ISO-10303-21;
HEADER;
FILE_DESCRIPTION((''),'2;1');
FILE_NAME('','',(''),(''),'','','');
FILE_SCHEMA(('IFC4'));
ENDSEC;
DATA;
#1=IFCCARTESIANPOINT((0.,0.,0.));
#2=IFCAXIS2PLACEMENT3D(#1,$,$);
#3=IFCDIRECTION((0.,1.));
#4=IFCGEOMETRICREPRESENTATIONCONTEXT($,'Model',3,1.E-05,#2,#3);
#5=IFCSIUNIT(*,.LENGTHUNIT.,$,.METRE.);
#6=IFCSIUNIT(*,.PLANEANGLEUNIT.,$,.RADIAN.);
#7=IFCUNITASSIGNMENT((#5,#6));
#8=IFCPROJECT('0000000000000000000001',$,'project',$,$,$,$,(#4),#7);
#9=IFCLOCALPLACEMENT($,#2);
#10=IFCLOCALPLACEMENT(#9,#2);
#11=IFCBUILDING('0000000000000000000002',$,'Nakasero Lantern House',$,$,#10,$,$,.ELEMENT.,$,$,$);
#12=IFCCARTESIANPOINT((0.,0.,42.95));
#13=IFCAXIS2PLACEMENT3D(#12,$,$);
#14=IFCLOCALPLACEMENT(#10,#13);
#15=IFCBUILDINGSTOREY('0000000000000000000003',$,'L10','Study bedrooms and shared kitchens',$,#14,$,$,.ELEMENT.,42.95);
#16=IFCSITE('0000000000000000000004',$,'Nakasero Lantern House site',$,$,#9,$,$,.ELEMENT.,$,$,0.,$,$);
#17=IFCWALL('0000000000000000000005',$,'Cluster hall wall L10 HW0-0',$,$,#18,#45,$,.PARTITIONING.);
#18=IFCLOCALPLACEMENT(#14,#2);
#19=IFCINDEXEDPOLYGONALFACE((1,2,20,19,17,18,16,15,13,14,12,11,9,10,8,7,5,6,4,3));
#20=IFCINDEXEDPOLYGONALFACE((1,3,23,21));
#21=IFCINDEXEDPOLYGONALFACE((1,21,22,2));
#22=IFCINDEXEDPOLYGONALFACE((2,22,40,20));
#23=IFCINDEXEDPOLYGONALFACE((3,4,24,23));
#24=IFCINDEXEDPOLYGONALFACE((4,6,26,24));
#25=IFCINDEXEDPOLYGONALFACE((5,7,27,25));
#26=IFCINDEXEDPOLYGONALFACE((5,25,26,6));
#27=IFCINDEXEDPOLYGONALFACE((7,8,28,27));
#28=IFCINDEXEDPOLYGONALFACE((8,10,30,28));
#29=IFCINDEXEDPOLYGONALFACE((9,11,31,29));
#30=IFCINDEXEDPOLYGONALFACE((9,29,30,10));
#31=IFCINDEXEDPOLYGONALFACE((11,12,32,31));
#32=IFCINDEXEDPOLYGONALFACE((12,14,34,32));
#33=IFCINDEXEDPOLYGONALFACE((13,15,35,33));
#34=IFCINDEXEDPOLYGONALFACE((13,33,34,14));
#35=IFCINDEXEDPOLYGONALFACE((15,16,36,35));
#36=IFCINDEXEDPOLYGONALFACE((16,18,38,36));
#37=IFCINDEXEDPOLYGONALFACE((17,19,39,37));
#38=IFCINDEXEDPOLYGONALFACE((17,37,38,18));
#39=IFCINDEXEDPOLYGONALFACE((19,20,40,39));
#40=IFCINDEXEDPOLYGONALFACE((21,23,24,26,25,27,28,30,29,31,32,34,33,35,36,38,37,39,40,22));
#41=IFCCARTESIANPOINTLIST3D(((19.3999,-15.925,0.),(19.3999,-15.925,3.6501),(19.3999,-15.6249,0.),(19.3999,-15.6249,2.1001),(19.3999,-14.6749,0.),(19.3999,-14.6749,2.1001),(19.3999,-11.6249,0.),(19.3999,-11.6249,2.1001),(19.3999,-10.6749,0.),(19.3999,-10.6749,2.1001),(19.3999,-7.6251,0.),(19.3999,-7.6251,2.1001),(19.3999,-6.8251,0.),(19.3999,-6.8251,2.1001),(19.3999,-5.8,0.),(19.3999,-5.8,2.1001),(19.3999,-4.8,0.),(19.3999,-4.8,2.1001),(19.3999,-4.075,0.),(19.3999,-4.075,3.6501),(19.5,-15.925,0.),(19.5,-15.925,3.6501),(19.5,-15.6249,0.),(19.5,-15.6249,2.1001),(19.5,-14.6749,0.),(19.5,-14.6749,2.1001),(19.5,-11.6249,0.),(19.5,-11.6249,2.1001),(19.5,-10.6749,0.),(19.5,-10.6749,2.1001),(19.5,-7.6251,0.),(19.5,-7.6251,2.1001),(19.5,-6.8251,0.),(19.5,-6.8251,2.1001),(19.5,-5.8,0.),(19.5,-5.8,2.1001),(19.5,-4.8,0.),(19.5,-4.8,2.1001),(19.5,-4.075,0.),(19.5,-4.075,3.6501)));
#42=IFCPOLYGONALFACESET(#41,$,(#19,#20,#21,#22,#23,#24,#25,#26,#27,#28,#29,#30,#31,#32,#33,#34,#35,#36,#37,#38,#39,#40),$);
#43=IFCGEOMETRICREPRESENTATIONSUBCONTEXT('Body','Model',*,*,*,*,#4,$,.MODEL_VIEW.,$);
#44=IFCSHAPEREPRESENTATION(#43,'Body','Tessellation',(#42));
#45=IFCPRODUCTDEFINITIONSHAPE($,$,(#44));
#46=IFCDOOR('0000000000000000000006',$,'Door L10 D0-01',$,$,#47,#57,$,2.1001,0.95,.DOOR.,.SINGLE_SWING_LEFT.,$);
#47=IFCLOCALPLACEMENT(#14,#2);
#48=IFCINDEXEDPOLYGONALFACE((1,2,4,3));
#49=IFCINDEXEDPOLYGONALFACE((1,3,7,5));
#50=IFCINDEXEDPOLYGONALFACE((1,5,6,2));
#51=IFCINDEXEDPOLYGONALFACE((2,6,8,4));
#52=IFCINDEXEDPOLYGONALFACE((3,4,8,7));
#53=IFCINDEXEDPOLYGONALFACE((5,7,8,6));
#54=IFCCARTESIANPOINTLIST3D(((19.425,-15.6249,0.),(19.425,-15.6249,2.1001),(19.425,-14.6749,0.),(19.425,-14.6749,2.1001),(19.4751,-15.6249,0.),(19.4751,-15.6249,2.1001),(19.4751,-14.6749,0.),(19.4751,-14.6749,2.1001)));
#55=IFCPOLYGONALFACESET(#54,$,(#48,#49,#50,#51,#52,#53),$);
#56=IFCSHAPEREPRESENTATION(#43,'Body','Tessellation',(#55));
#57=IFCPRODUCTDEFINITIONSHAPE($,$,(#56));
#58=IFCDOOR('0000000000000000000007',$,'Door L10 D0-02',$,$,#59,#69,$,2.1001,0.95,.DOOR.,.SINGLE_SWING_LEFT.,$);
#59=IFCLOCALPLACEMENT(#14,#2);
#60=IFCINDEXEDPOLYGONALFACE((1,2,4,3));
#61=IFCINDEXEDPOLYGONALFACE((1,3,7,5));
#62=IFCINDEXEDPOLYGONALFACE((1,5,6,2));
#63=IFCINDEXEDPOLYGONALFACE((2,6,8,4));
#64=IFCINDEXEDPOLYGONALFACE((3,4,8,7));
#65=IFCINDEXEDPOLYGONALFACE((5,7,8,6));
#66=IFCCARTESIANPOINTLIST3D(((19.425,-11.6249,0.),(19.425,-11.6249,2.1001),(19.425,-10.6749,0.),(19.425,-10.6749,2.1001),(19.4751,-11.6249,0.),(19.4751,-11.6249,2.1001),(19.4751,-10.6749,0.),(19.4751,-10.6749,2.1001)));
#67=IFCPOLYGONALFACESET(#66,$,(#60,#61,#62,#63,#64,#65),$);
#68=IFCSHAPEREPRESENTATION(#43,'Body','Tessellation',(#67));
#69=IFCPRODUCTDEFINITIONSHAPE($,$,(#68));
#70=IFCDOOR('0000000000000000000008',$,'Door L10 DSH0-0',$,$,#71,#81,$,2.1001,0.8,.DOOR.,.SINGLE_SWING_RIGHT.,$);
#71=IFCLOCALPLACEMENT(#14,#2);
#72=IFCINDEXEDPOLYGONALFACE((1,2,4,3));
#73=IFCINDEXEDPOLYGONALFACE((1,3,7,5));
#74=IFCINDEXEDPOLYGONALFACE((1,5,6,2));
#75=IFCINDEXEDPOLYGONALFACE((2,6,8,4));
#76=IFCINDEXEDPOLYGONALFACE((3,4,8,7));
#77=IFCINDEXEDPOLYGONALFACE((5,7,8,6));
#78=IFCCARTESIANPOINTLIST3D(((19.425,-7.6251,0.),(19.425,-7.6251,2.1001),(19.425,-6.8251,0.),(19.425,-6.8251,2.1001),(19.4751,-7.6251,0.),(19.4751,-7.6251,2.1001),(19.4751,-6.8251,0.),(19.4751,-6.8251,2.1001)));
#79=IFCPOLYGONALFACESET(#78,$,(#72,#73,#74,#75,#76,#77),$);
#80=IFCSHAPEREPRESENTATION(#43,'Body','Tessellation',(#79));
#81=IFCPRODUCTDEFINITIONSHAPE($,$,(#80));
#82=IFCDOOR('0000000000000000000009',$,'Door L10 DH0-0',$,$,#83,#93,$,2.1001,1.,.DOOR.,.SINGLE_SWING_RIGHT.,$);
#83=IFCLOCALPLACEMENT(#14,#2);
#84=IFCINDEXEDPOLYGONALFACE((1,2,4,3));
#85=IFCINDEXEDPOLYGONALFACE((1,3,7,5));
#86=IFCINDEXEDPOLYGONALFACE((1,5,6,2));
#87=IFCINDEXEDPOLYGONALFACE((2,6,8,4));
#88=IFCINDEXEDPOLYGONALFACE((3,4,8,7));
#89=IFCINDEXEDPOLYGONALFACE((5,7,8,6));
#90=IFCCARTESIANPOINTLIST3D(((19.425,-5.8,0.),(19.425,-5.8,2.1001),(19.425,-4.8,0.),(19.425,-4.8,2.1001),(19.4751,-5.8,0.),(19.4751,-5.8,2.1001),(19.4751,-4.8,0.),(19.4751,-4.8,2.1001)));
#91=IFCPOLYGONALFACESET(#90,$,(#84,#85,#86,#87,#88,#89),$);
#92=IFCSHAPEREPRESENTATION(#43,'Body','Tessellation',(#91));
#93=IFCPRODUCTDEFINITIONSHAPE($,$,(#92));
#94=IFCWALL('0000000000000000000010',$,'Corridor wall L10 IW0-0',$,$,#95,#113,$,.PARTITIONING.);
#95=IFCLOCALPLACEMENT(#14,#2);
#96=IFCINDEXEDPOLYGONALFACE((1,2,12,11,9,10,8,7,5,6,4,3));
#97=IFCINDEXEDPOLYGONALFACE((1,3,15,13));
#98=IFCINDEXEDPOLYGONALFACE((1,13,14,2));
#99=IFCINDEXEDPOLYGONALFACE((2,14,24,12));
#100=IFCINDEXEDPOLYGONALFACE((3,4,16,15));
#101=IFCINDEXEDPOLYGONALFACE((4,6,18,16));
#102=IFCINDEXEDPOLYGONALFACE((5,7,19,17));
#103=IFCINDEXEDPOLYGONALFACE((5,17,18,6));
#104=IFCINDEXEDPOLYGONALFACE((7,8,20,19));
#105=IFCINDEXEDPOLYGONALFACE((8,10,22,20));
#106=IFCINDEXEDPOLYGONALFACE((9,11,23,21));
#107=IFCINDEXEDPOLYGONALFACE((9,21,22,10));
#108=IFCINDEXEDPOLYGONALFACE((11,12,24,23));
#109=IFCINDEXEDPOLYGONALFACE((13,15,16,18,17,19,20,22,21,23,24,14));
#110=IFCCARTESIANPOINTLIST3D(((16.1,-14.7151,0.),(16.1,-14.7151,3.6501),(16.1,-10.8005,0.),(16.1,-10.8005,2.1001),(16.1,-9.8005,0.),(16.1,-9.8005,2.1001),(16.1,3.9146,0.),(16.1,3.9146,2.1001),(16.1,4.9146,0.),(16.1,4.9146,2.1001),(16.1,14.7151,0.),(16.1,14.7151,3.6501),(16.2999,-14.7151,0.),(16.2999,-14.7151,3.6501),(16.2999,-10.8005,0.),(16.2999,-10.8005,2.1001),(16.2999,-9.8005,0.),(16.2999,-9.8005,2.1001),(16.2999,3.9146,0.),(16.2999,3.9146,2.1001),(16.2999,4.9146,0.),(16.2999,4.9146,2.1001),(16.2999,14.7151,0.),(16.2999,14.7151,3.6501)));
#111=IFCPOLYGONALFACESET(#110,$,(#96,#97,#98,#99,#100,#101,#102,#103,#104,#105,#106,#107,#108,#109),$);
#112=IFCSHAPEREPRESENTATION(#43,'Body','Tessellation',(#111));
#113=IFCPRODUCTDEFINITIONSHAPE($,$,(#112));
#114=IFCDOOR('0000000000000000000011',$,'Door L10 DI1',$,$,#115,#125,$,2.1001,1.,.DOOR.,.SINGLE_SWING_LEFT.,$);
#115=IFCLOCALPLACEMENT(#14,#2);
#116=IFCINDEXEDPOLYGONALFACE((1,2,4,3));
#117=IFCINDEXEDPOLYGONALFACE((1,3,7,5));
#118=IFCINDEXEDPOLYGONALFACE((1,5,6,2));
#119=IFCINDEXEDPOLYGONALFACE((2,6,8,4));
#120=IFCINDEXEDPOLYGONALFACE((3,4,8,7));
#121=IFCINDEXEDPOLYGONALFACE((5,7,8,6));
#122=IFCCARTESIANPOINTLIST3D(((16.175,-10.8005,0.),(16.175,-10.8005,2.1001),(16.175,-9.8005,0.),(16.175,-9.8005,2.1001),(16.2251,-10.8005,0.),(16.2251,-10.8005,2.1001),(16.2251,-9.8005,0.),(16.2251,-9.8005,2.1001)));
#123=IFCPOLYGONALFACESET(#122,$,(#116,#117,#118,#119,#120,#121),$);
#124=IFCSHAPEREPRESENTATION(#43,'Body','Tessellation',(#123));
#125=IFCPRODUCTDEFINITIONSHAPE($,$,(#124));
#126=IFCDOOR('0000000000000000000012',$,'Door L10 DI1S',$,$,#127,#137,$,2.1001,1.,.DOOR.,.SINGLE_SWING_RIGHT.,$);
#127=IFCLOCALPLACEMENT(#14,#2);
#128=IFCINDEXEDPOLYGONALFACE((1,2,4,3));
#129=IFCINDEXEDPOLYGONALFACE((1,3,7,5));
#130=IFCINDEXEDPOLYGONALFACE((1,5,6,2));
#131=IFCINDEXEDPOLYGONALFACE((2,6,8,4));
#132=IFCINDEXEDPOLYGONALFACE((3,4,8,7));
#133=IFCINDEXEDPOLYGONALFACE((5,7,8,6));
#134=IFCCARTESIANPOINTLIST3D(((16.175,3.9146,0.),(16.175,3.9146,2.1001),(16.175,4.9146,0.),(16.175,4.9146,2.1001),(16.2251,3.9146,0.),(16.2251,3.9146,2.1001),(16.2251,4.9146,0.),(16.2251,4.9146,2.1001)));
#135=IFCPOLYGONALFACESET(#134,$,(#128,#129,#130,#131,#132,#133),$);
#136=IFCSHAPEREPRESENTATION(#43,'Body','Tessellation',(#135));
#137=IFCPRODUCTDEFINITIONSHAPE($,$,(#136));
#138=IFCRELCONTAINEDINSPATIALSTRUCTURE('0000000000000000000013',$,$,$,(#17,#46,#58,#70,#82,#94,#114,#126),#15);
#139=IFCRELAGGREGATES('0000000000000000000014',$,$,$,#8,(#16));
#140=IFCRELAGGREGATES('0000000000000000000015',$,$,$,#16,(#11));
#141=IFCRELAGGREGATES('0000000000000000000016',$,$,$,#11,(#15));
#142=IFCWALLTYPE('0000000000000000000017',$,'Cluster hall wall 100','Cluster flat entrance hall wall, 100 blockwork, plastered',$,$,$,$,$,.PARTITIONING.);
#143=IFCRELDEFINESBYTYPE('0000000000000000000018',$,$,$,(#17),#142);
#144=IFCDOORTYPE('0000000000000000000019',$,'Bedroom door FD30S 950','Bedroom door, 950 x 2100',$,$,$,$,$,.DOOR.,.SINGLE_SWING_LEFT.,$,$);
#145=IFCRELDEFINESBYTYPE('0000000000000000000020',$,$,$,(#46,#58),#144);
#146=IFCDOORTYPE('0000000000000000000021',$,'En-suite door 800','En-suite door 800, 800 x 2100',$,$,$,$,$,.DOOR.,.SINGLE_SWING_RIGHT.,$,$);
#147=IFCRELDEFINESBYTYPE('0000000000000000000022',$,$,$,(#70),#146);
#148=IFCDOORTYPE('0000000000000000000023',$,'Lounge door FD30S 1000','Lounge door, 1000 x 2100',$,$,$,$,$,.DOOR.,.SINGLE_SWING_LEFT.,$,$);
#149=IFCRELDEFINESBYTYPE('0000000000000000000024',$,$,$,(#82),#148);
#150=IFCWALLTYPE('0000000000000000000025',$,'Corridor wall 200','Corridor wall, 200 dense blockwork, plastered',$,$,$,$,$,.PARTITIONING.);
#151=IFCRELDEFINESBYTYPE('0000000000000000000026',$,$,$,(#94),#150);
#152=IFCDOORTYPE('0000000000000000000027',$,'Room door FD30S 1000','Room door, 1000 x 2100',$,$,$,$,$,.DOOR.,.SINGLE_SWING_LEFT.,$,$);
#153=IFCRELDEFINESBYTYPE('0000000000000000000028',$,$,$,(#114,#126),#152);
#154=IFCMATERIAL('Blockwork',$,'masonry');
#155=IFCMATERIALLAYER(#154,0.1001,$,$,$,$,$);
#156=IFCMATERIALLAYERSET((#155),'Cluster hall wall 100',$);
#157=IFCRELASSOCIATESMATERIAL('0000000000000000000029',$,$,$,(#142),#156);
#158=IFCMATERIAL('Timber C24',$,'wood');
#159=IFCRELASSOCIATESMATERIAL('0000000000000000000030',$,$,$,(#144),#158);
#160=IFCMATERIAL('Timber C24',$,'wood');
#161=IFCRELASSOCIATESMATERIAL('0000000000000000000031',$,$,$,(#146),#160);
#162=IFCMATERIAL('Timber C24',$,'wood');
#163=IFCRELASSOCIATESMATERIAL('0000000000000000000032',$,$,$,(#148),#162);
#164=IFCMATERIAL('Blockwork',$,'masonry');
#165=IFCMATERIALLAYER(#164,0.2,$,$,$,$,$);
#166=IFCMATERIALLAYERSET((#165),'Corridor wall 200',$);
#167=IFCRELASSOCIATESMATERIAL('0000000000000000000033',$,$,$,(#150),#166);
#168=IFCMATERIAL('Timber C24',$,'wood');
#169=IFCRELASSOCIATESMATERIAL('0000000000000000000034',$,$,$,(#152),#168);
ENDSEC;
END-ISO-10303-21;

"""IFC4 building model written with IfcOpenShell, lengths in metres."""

from ifc_helpers import new_model, si_unit, direction, frame, frame_2d, origin, place, context, subcontext, project, spatial, rectangle, extrude, material, layer, layer_set, type_object, element, fill, save


model = new_model("IFC4")

# Units and contexts
model_context = context("Model", 3, precision=1e-05, world=origin(), true_north=direction((0.0, 1.0)))
body_context = subcontext(model_context, "Body", "Model", "MODEL_VIEW")
ifc_project = project(units=[si_unit("LENGTHUNIT", "METRE"), si_unit("PLANEANGLEUNIT", "RADIAN")], contexts=[model_context])

# Site, building, storey
site_placement = place(None, origin())
site = spatial("IfcSite", under=ifc_project, at=site_placement, Name="Nakasero Lantern House site", CompositionType="ELEMENT", RefElevation=0.0)
building_placement = place(site_placement, origin())
building = spatial("IfcBuilding", under=site, at=building_placement, Name="Nakasero Lantern House", CompositionType="ELEMENT")
storey_placement = place(building_placement, frame((0.0, 0.0, 42.95)))
storey = spatial("IfcBuildingStorey", under=building, at=storey_placement, Name="L10", Description="Study bedrooms and shared kitchens", CompositionType="ELEMENT", Elevation=42.95)

# Walls, openings, doors
ifc_material_1 = material(Name="Blockwork", Category="masonry")
ifc_layer_1 = layer(ifc_material_1, 0.1001)
ifc_layer_set_1 = layer_set([ifc_layer_1], Name="Cluster hall wall 100")
wall_type_1 = type_object("IfcWallType", Name="Cluster hall wall 100", Description="Cluster flat entrance hall wall, 100 blockwork, plastered", PredefinedType="PARTITIONING", material=ifc_layer_set_1)
wall_1_placement = place(storey_placement, frame((19.45, -15.925, 0.0), z_axis=(0.0, 0.0, 1.0), x_axis=(0.0, 1.0, 0.0)))
wall_1 = element("IfcWall", 1, at=wall_1_placement, inside=storey, type_object=wall_type_1, Name="Cluster hall wall L10 HW0-0", PredefinedType="PARTITIONING", context=body_context, shape_type="SweptSolid", body=[
    extrude(rectangle(XDim=11.8501, YDim=0.1001, at=frame_2d((5.925, 0.0))), origin(), (0.0, 0.0, 1.0), 3.6501),
])
opening_1_placement = place(wall_1_placement, frame((10.125, 0.0, 0.0)))
opening_1 = element("IfcOpeningElement", 2, at=opening_1_placement, cuts=wall_1, PredefinedType="OPENING", context=body_context, shape_type="SweptSolid", body=[
    extrude(rectangle(XDim=1.0, YDim=2.1001, at=frame_2d((0.5, 1.05))), frame((0.0, 0.0701, 0.0), z_axis=(0.0, -1.0, 0.0), x_axis=(1.0, 0.0, 0.0)), (0.0, 0.0, 1.0), 0.1401),
])
opening_2_placement = place(wall_1_placement, frame((8.3, 0.0, 0.0)))
opening_2 = element("IfcOpeningElement", 3, at=opening_2_placement, cuts=wall_1, PredefinedType="OPENING", context=body_context, shape_type="SweptSolid", body=[
    extrude(rectangle(XDim=0.8, YDim=2.1001, at=frame_2d((0.3999, 1.05))), frame((0.0, 0.0701, 0.0), z_axis=(0.0, -1.0, 0.0), x_axis=(1.0, 0.0, 0.0)), (0.0, 0.0, 1.0), 0.1401),
])
opening_3_placement = place(wall_1_placement, frame((0.3, 0.0, 0.0)))
opening_3 = element("IfcOpeningElement", 4, at=opening_3_placement, cuts=wall_1, PredefinedType="OPENING", context=body_context, shape_type="SweptSolid", body=[
    extrude(rectangle(XDim=0.95, YDim=2.1001, at=frame_2d((0.4751, 1.05))), frame((0.0, 0.0701, 0.0), z_axis=(0.0, -1.0, 0.0), x_axis=(1.0, 0.0, 0.0)), (0.0, 0.0, 1.0), 0.1401),
])
opening_4_placement = place(wall_1_placement, frame((4.3, 0.0, 0.0)))
opening_4 = element("IfcOpeningElement", 5, at=opening_4_placement, cuts=wall_1, PredefinedType="OPENING", context=body_context, shape_type="SweptSolid", body=[
    extrude(rectangle(XDim=0.95, YDim=2.1001, at=frame_2d((0.4751, 1.05))), frame((0.0, 0.0701, 0.0), z_axis=(0.0, -1.0, 0.0), x_axis=(1.0, 0.0, 0.0)), (0.0, 0.0, 1.0), 0.1401),
])
ifc_material_2 = material(Name="Timber C24", Category="wood")
door_type_1 = type_object("IfcDoorType", Name="Bedroom door FD30S 950", Description="Bedroom door, 950 x 2100", OperationType="SINGLE_SWING_LEFT", PredefinedType="DOOR", material=ifc_material_2)
door_1_placement = place(opening_3_placement, origin())
door_1 = element("IfcDoor", 6, at=door_1_placement, inside=storey, type_object=door_type_1, Name="Door L10 D0-01", OperationType="SINGLE_SWING_LEFT", OverallHeight=2.1001, OverallWidth=0.95, PredefinedType="DOOR", context=body_context, shape_type="SweptSolid", body=[
    extrude(rectangle(XDim=0.95, YDim=2.1001, at=frame_2d((0.4751, 1.05))), frame((0.0, 0.0249, 0.0), z_axis=(0.0, -1.0, 0.0), x_axis=(1.0, 0.0, 0.0)), (0.0, 0.0, 1.0), 0.05),
])
fill(opening_3, door_1)
door_2_placement = place(opening_4_placement, origin())
door_2 = element("IfcDoor", 7, at=door_2_placement, inside=storey, type_object=door_type_1, Name="Door L10 D0-02", OperationType="SINGLE_SWING_LEFT", OverallHeight=2.1001, OverallWidth=0.95, PredefinedType="DOOR", context=body_context, shape_type="SweptSolid", body=[
    extrude(rectangle(XDim=0.95, YDim=2.1001, at=frame_2d((0.4751, 1.05))), frame((0.0, 0.0249, 0.0), z_axis=(0.0, -1.0, 0.0), x_axis=(1.0, 0.0, 0.0)), (0.0, 0.0, 1.0), 0.05),
])
fill(opening_4, door_2)
ifc_material_3 = material(Name="Timber C24", Category="wood")
door_type_2 = type_object("IfcDoorType", Name="En-suite door 800", Description="En-suite door 800, 800 x 2100", OperationType="SINGLE_SWING_RIGHT", PredefinedType="DOOR", material=ifc_material_3)
door_3_placement = place(opening_2_placement, origin())
door_3 = element("IfcDoor", 8, at=door_3_placement, inside=storey, type_object=door_type_2, Name="Door L10 DSH0-0", OperationType="SINGLE_SWING_RIGHT", OverallHeight=2.1001, OverallWidth=0.8, PredefinedType="DOOR", context=body_context, shape_type="SweptSolid", body=[
    extrude(rectangle(XDim=0.8, YDim=2.1001, at=frame_2d((0.3999, 1.05))), frame((0.0, 0.0249, 0.0), z_axis=(0.0, -1.0, 0.0), x_axis=(1.0, 0.0, 0.0)), (0.0, 0.0, 1.0), 0.05),
])
fill(opening_2, door_3)
ifc_material_4 = material(Name="Timber C24", Category="wood")
door_type_3 = type_object("IfcDoorType", Name="Lounge door FD30S 1000", Description="Lounge door, 1000 x 2100", OperationType="SINGLE_SWING_LEFT", PredefinedType="DOOR", material=ifc_material_4)
door_4_placement = place(opening_1_placement, origin())
door_4 = element("IfcDoor", 9, at=door_4_placement, inside=storey, type_object=door_type_3, Name="Door L10 DH0-0", OperationType="SINGLE_SWING_RIGHT", OverallHeight=2.1001, OverallWidth=1.0, PredefinedType="DOOR", context=body_context, shape_type="SweptSolid", body=[
    extrude(rectangle(XDim=1.0, YDim=2.1001, at=frame_2d((0.5, 1.05))), frame((0.0, 0.0249, 0.0), z_axis=(0.0, -1.0, 0.0), x_axis=(1.0, 0.0, 0.0)), (0.0, 0.0, 1.0), 0.05),
])
fill(opening_1, door_4)
ifc_material_5 = material(Name="Blockwork", Category="masonry")
ifc_layer_2 = layer(ifc_material_5, 0.2)
ifc_layer_set_2 = layer_set([ifc_layer_2], Name="Corridor wall 200")
wall_type_2 = type_object("IfcWallType", Name="Corridor wall 200", Description="Corridor wall, 200 dense blockwork, plastered", PredefinedType="PARTITIONING", material=ifc_layer_set_2)
wall_2_placement = place(storey_placement, frame((16.2, -14.7151, 0.0), z_axis=(0.0, 0.0, 1.0), x_axis=(0.0, 1.0, 0.0)))
wall_2 = element("IfcWall", 10, at=wall_2_placement, inside=storey, type_object=wall_type_2, Name="Corridor wall L10 IW0-0", PredefinedType="PARTITIONING", context=body_context, shape_type="SweptSolid", body=[
    extrude(rectangle(XDim=29.4302, YDim=0.2, at=frame_2d((14.7151, 0.0))), origin(), (0.0, 0.0, 1.0), 3.6501),
])
opening_5_placement = place(wall_2_placement, frame((3.9146, 0.0, 0.0)))
opening_5 = element("IfcOpeningElement", 11, at=opening_5_placement, cuts=wall_2, PredefinedType="OPENING", context=body_context, shape_type="SweptSolid", body=[
    extrude(rectangle(XDim=1.0, YDim=2.1001, at=frame_2d((0.5, 1.05))), frame((0.0, 0.1199, 0.0), z_axis=(0.0, -1.0, 0.0), x_axis=(1.0, 0.0, 0.0)), (0.0, 0.0, 1.0), 0.24),
])
opening_6_placement = place(wall_2_placement, frame((18.6296, 0.0, 0.0)))
opening_6 = element("IfcOpeningElement", 12, at=opening_6_placement, cuts=wall_2, PredefinedType="OPENING", context=body_context, shape_type="SweptSolid", body=[
    extrude(rectangle(XDim=1.0, YDim=2.1001, at=frame_2d((0.5, 1.05))), frame((0.0, 0.1199, 0.0), z_axis=(0.0, -1.0, 0.0), x_axis=(1.0, 0.0, 0.0)), (0.0, 0.0, 1.0), 0.24),
])
ifc_material_6 = material(Name="Timber C24", Category="wood")
door_type_4 = type_object("IfcDoorType", Name="Room door FD30S 1000", Description="Room door, 1000 x 2100", OperationType="SINGLE_SWING_LEFT", PredefinedType="DOOR", material=ifc_material_6)
door_5_placement = place(opening_5_placement, origin())
door_5 = element("IfcDoor", 13, at=door_5_placement, inside=storey, type_object=door_type_4, Name="Door L10 DI1", OperationType="SINGLE_SWING_LEFT", OverallHeight=2.1001, OverallWidth=1.0, PredefinedType="DOOR", context=body_context, shape_type="SweptSolid", body=[
    extrude(rectangle(XDim=1.0, YDim=2.1001, at=frame_2d((0.5, 1.05))), frame((0.0, 0.0249, 0.0), z_axis=(0.0, -1.0, 0.0), x_axis=(1.0, 0.0, 0.0)), (0.0, 0.0, 1.0), 0.05),
])
fill(opening_5, door_5)
door_6_placement = place(opening_6_placement, origin())
door_6 = element("IfcDoor", 14, at=door_6_placement, inside=storey, type_object=door_type_4, Name="Door L10 DI1S", OperationType="SINGLE_SWING_RIGHT", OverallHeight=2.1001, OverallWidth=1.0, PredefinedType="DOOR", context=body_context, shape_type="SweptSolid", body=[
    extrude(rectangle(XDim=1.0, YDim=2.1001, at=frame_2d((0.5, 1.05))), frame((0.0, 0.0249, 0.0), z_axis=(0.0, -1.0, 0.0), x_axis=(1.0, 0.0, 0.0)), (0.0, 0.0, 1.0), 0.05),
])
fill(opening_6, door_6)

save(model, "model.ifc")
